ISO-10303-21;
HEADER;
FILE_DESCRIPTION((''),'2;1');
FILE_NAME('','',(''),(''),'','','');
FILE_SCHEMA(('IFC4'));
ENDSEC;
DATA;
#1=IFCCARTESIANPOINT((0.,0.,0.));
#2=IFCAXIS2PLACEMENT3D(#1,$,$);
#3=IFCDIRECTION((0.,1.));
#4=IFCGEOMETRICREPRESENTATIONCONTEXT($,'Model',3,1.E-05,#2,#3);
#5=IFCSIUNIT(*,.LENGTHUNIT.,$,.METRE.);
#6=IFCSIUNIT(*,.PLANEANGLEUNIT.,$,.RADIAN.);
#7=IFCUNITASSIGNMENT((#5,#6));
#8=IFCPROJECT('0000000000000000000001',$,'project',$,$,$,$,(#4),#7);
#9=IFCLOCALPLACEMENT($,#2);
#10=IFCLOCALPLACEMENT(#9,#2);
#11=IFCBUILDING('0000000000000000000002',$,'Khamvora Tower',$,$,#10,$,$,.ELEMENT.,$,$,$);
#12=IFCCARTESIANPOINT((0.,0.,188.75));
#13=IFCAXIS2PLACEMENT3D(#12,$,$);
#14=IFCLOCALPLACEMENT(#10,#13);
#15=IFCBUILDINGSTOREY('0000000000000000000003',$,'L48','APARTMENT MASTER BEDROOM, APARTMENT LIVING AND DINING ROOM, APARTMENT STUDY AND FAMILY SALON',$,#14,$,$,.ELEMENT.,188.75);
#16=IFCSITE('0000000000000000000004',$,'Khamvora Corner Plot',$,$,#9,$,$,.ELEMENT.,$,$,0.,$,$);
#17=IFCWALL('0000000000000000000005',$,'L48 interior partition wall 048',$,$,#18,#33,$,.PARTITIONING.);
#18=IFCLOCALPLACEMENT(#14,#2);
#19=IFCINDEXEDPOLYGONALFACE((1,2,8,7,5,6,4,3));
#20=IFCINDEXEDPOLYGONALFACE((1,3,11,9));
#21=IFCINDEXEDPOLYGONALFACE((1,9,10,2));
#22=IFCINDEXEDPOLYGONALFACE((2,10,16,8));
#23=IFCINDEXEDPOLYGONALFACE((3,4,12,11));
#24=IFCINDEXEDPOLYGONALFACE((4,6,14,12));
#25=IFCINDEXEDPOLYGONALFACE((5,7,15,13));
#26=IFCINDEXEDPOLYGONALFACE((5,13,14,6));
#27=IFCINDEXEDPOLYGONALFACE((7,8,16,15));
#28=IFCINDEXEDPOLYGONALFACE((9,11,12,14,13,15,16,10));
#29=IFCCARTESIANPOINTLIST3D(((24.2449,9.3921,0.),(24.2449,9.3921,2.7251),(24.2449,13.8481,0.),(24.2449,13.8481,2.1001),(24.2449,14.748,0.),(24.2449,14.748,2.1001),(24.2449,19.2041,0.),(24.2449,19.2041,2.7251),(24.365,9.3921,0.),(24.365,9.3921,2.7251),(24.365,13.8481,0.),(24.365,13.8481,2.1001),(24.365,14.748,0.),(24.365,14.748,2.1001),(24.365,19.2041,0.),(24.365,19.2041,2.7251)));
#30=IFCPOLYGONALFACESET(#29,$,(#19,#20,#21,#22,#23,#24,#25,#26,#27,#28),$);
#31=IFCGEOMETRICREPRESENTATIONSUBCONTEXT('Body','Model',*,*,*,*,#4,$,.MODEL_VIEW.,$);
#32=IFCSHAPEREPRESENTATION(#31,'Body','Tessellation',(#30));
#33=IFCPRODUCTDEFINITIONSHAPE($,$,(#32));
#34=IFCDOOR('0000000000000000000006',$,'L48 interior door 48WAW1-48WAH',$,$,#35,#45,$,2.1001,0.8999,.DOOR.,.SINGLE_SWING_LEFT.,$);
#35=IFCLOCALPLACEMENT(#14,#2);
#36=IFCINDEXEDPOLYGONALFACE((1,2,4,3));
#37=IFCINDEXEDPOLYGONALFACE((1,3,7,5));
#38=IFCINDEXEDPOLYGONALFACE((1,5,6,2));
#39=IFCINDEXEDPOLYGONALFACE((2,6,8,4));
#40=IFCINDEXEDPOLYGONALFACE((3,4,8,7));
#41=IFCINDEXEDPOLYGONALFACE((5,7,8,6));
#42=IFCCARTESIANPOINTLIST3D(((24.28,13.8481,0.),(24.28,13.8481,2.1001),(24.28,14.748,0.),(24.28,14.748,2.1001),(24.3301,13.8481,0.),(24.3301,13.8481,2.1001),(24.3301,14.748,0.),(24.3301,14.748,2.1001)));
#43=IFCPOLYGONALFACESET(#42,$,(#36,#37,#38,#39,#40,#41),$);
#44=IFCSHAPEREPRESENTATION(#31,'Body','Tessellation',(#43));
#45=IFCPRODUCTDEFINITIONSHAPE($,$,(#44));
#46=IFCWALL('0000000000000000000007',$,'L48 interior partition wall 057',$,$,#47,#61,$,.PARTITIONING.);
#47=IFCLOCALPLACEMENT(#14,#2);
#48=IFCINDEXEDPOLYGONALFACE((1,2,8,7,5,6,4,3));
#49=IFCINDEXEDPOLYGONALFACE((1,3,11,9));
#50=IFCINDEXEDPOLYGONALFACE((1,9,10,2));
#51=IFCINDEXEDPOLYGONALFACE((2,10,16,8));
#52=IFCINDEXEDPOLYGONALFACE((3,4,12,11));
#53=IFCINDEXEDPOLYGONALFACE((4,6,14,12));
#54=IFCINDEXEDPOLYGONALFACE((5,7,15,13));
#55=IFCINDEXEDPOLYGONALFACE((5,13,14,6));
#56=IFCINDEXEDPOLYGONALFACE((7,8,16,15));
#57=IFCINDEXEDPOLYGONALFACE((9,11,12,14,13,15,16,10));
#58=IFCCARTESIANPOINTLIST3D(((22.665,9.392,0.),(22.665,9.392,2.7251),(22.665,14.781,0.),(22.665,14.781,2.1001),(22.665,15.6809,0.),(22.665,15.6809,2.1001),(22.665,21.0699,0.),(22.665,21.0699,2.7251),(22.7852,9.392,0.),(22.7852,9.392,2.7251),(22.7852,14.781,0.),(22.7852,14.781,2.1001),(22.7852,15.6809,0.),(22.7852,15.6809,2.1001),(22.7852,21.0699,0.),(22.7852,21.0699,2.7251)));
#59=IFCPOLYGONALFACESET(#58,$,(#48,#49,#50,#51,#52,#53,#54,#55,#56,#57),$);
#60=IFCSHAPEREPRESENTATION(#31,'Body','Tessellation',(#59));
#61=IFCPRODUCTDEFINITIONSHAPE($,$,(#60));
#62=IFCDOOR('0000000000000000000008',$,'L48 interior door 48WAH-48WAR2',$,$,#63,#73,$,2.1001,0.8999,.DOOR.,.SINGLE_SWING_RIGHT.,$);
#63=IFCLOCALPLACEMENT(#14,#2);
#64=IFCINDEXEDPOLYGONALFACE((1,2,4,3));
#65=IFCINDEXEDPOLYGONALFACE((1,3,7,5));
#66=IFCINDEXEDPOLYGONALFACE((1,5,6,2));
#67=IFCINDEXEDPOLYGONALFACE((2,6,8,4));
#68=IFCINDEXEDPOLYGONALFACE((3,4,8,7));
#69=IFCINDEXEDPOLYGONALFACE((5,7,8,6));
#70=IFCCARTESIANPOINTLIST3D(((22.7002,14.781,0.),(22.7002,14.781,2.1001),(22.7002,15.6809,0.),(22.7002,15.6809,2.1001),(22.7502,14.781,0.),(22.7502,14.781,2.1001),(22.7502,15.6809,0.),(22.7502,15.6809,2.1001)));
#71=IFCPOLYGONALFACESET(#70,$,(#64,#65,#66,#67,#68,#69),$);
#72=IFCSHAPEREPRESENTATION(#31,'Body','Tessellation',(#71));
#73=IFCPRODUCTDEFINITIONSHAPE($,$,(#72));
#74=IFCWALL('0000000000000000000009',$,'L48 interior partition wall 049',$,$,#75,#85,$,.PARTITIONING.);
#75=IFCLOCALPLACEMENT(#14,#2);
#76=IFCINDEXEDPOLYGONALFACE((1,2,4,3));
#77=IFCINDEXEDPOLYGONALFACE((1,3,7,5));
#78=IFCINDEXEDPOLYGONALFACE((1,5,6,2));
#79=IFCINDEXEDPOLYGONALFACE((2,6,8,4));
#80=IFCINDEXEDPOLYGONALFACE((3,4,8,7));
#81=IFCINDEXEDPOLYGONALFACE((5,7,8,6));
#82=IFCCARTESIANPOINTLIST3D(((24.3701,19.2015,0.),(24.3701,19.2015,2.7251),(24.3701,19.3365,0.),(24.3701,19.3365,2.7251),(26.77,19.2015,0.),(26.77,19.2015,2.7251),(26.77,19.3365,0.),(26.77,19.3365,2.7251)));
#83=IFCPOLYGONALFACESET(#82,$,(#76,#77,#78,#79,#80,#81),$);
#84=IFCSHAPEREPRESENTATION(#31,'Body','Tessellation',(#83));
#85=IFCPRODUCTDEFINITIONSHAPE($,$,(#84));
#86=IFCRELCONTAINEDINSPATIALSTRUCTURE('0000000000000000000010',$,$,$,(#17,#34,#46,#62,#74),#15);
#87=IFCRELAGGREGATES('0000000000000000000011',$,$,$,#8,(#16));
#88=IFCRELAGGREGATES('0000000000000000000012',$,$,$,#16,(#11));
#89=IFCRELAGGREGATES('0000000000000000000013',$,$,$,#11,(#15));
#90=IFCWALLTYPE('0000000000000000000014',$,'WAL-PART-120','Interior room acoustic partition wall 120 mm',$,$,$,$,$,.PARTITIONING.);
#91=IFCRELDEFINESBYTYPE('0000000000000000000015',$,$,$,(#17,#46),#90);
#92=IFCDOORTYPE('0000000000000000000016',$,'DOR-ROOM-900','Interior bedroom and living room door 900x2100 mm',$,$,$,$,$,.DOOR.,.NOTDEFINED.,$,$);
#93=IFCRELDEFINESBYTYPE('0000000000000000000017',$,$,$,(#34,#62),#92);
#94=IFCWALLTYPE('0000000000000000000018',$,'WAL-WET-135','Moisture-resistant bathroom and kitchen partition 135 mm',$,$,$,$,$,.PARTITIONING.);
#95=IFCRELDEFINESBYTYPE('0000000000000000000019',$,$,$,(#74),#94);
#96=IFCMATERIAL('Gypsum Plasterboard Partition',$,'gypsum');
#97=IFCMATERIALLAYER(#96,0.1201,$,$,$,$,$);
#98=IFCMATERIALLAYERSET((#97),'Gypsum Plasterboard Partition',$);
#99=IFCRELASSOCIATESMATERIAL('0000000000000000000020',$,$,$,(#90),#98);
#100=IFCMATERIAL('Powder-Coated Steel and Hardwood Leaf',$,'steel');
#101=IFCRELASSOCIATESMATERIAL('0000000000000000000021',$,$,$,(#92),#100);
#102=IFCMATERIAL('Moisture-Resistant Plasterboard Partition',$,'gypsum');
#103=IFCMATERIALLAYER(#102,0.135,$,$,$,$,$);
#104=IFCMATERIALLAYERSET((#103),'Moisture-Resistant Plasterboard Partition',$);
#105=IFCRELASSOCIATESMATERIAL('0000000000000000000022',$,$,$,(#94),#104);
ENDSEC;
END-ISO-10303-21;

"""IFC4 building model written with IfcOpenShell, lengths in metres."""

from ifc_helpers import new_model, si_unit, direction, frame, frame_2d, origin, place, context, subcontext, project, spatial, rectangle, extrude, material, layer, layer_set, type_object, element, fill, save


model = new_model("IFC4")

# Units and contexts
model_context = context("Model", 3, precision=1e-05, world=origin(), true_north=direction((0.0, 1.0)))
body_context = subcontext(model_context, "Body", "Model", "MODEL_VIEW")
ifc_project = project(units=[si_unit("LENGTHUNIT", "METRE"), si_unit("PLANEANGLEUNIT", "RADIAN")], contexts=[model_context])

# Site, building, storey
site_placement = place(None, origin())
site = spatial("IfcSite", under=ifc_project, at=site_placement, Name="Khamvora Corner Plot", CompositionType="ELEMENT", RefElevation=0.0)
building_placement = place(site_placement, origin())
building = spatial("IfcBuilding", under=site, at=building_placement, Name="Khamvora Tower", CompositionType="ELEMENT")
storey_placement = place(building_placement, frame((0.0, 0.0, 188.75)))
storey = spatial("IfcBuildingStorey", under=building, at=storey_placement, Name="L48", Description="APARTMENT MASTER BEDROOM, APARTMENT LIVING AND DINING ROOM, APARTMENT STUDY AND FAMILY SALON", CompositionType="ELEMENT", Elevation=188.75)

# Shared definitions
ifc_material_1 = material(Name="Gypsum Plasterboard Partition", Category="gypsum")
ifc_layer_1 = layer(ifc_material_1, 0.1201)
ifc_layer_set_1 = layer_set([ifc_layer_1], Name="Gypsum Plasterboard Partition")
wall_type_1 = type_object("IfcWallType", Name="WAL-PART-120", Description="Interior room acoustic partition wall 120 mm", PredefinedType="PARTITIONING", material=ifc_layer_set_1)

# Walls, openings, doors
wall_1_placement = place(storey_placement, frame((24.3049, 9.3921, 0.0), z_axis=(0.0, 0.0, 1.0), x_axis=(0.0, 1.0, 0.0)))
wall_1 = element("IfcWall", 1, at=wall_1_placement, inside=storey, type_object=wall_type_1, Name="L48 interior partition wall 048", PredefinedType="PARTITIONING", context=body_context, shape_type="SweptSolid", body=[
    extrude(rectangle(XDim=9.812, YDim=0.1201, at=frame_2d((4.906, 0.0))), origin(), (0.0, 0.0, 1.0), 2.7251),
])
opening_1_placement = place(wall_1_placement, frame((4.4561, 0.0, 0.0)))
opening_1 = element("IfcOpeningElement", 2, at=opening_1_placement, cuts=wall_1, PredefinedType="OPENING", context=body_context, shape_type="SweptSolid", body=[
    extrude(rectangle(XDim=0.8999, YDim=2.1001, at=frame_2d((0.45, 1.05))), frame((0.0, 0.0701, 0.0), z_axis=(0.0, -1.0, 0.0), x_axis=(1.0, 0.0, 0.0)), (0.0, 0.0, 1.0), 0.1401),
])
ifc_material_2 = material(Name="Powder-Coated Steel and Hardwood Leaf", Category="steel")
door_type = type_object("IfcDoorType", Name="DOR-ROOM-900", Description="Interior bedroom and living room door 900x2100 mm", OperationType="NOTDEFINED", PredefinedType="DOOR", material=ifc_material_2)
door_1_placement = place(opening_1_placement, origin())
door_1 = element("IfcDoor", 3, at=door_1_placement, inside=storey, type_object=door_type, Name="L48 interior door 48WAW1-48WAH", OperationType="SINGLE_SWING_LEFT", OverallHeight=2.1001, OverallWidth=0.8999, PredefinedType="DOOR", context=body_context, shape_type="SweptSolid", body=[
    extrude(rectangle(XDim=0.8999, YDim=2.1001, at=frame_2d((0.45, 1.05))), frame((0.0, 0.0249, 0.0), z_axis=(0.0, -1.0, 0.0), x_axis=(1.0, 0.0, 0.0)), (0.0, 0.0, 1.0), 0.05),
])
fill(opening_1, door_1)
wall_2_placement = place(storey_placement, frame((22.7251, 9.3921, 0.0), z_axis=(0.0, 0.0, 1.0), x_axis=(0.0, 1.0, 0.0)))
wall_2 = element("IfcWall", 4, at=wall_2_placement, inside=storey, type_object=wall_type_1, Name="L48 interior partition wall 057", PredefinedType="PARTITIONING", context=body_context, shape_type="SweptSolid", body=[
    extrude(rectangle(XDim=11.678, YDim=0.1201, at=frame_2d((5.8389, 0.0))), origin(), (0.0, 0.0, 1.0), 2.7251),
])
opening_2_placement = place(wall_2_placement, frame((5.3889, 0.0, 0.0)))
opening_2 = element("IfcOpeningElement", 5, at=opening_2_placement, cuts=wall_2, PredefinedType="OPENING", context=body_context, shape_type="SweptSolid", body=[
    extrude(rectangle(XDim=0.8999, YDim=2.1001, at=frame_2d((0.45, 1.05))), frame((0.0, 0.0701, 0.0), z_axis=(0.0, -1.0, 0.0), x_axis=(1.0, 0.0, 0.0)), (0.0, 0.0, 1.0), 0.1401),
])
door_2_placement = place(opening_2_placement, origin())
door_2 = element("IfcDoor", 6, at=door_2_placement, inside=storey, type_object=door_type, Name="L48 interior door 48WAH-48WAR2", OperationType="SINGLE_SWING_RIGHT", OverallHeight=2.1001, OverallWidth=0.8999, PredefinedType="DOOR", context=body_context, shape_type="SweptSolid", body=[
    extrude(rectangle(XDim=0.8999, YDim=2.1001, at=frame_2d((0.45, 1.05))), frame((0.0, 0.0249, 0.0), z_axis=(0.0, -1.0, 0.0), x_axis=(1.0, 0.0, 0.0)), (0.0, 0.0, 1.0), 0.05),
])
fill(opening_2, door_2)

# Wall
ifc_material_3 = material(Name="Moisture-Resistant Plasterboard Partition", Category="gypsum")
ifc_layer_2 = layer(ifc_material_3, 0.135)
ifc_layer_set_2 = layer_set([ifc_layer_2], Name="Moisture-Resistant Plasterboard Partition")
wall_type_2 = type_object("IfcWallType", Name="WAL-WET-135", Description="Moisture-resistant bathroom and kitchen partition 135 mm", PredefinedType="PARTITIONING", material=ifc_layer_set_2)
wall_3_placement = place(storey_placement, frame((24.3701, 19.269, 0.0), z_axis=(0.0, 0.0, 1.0), x_axis=(1.0, 0.0, 0.0)))
element("IfcWall", 7, at=wall_3_placement, inside=storey, type_object=wall_type_2, Name="L48 interior partition wall 049", PredefinedType="PARTITIONING", context=body_context, shape_type="SweptSolid", body=[
    extrude(rectangle(XDim=2.3999, YDim=0.135, at=frame_2d((1.2, 0.0))), origin(), (0.0, 0.0, 1.0), 2.7251),
])

save(model, "model.ifc")
